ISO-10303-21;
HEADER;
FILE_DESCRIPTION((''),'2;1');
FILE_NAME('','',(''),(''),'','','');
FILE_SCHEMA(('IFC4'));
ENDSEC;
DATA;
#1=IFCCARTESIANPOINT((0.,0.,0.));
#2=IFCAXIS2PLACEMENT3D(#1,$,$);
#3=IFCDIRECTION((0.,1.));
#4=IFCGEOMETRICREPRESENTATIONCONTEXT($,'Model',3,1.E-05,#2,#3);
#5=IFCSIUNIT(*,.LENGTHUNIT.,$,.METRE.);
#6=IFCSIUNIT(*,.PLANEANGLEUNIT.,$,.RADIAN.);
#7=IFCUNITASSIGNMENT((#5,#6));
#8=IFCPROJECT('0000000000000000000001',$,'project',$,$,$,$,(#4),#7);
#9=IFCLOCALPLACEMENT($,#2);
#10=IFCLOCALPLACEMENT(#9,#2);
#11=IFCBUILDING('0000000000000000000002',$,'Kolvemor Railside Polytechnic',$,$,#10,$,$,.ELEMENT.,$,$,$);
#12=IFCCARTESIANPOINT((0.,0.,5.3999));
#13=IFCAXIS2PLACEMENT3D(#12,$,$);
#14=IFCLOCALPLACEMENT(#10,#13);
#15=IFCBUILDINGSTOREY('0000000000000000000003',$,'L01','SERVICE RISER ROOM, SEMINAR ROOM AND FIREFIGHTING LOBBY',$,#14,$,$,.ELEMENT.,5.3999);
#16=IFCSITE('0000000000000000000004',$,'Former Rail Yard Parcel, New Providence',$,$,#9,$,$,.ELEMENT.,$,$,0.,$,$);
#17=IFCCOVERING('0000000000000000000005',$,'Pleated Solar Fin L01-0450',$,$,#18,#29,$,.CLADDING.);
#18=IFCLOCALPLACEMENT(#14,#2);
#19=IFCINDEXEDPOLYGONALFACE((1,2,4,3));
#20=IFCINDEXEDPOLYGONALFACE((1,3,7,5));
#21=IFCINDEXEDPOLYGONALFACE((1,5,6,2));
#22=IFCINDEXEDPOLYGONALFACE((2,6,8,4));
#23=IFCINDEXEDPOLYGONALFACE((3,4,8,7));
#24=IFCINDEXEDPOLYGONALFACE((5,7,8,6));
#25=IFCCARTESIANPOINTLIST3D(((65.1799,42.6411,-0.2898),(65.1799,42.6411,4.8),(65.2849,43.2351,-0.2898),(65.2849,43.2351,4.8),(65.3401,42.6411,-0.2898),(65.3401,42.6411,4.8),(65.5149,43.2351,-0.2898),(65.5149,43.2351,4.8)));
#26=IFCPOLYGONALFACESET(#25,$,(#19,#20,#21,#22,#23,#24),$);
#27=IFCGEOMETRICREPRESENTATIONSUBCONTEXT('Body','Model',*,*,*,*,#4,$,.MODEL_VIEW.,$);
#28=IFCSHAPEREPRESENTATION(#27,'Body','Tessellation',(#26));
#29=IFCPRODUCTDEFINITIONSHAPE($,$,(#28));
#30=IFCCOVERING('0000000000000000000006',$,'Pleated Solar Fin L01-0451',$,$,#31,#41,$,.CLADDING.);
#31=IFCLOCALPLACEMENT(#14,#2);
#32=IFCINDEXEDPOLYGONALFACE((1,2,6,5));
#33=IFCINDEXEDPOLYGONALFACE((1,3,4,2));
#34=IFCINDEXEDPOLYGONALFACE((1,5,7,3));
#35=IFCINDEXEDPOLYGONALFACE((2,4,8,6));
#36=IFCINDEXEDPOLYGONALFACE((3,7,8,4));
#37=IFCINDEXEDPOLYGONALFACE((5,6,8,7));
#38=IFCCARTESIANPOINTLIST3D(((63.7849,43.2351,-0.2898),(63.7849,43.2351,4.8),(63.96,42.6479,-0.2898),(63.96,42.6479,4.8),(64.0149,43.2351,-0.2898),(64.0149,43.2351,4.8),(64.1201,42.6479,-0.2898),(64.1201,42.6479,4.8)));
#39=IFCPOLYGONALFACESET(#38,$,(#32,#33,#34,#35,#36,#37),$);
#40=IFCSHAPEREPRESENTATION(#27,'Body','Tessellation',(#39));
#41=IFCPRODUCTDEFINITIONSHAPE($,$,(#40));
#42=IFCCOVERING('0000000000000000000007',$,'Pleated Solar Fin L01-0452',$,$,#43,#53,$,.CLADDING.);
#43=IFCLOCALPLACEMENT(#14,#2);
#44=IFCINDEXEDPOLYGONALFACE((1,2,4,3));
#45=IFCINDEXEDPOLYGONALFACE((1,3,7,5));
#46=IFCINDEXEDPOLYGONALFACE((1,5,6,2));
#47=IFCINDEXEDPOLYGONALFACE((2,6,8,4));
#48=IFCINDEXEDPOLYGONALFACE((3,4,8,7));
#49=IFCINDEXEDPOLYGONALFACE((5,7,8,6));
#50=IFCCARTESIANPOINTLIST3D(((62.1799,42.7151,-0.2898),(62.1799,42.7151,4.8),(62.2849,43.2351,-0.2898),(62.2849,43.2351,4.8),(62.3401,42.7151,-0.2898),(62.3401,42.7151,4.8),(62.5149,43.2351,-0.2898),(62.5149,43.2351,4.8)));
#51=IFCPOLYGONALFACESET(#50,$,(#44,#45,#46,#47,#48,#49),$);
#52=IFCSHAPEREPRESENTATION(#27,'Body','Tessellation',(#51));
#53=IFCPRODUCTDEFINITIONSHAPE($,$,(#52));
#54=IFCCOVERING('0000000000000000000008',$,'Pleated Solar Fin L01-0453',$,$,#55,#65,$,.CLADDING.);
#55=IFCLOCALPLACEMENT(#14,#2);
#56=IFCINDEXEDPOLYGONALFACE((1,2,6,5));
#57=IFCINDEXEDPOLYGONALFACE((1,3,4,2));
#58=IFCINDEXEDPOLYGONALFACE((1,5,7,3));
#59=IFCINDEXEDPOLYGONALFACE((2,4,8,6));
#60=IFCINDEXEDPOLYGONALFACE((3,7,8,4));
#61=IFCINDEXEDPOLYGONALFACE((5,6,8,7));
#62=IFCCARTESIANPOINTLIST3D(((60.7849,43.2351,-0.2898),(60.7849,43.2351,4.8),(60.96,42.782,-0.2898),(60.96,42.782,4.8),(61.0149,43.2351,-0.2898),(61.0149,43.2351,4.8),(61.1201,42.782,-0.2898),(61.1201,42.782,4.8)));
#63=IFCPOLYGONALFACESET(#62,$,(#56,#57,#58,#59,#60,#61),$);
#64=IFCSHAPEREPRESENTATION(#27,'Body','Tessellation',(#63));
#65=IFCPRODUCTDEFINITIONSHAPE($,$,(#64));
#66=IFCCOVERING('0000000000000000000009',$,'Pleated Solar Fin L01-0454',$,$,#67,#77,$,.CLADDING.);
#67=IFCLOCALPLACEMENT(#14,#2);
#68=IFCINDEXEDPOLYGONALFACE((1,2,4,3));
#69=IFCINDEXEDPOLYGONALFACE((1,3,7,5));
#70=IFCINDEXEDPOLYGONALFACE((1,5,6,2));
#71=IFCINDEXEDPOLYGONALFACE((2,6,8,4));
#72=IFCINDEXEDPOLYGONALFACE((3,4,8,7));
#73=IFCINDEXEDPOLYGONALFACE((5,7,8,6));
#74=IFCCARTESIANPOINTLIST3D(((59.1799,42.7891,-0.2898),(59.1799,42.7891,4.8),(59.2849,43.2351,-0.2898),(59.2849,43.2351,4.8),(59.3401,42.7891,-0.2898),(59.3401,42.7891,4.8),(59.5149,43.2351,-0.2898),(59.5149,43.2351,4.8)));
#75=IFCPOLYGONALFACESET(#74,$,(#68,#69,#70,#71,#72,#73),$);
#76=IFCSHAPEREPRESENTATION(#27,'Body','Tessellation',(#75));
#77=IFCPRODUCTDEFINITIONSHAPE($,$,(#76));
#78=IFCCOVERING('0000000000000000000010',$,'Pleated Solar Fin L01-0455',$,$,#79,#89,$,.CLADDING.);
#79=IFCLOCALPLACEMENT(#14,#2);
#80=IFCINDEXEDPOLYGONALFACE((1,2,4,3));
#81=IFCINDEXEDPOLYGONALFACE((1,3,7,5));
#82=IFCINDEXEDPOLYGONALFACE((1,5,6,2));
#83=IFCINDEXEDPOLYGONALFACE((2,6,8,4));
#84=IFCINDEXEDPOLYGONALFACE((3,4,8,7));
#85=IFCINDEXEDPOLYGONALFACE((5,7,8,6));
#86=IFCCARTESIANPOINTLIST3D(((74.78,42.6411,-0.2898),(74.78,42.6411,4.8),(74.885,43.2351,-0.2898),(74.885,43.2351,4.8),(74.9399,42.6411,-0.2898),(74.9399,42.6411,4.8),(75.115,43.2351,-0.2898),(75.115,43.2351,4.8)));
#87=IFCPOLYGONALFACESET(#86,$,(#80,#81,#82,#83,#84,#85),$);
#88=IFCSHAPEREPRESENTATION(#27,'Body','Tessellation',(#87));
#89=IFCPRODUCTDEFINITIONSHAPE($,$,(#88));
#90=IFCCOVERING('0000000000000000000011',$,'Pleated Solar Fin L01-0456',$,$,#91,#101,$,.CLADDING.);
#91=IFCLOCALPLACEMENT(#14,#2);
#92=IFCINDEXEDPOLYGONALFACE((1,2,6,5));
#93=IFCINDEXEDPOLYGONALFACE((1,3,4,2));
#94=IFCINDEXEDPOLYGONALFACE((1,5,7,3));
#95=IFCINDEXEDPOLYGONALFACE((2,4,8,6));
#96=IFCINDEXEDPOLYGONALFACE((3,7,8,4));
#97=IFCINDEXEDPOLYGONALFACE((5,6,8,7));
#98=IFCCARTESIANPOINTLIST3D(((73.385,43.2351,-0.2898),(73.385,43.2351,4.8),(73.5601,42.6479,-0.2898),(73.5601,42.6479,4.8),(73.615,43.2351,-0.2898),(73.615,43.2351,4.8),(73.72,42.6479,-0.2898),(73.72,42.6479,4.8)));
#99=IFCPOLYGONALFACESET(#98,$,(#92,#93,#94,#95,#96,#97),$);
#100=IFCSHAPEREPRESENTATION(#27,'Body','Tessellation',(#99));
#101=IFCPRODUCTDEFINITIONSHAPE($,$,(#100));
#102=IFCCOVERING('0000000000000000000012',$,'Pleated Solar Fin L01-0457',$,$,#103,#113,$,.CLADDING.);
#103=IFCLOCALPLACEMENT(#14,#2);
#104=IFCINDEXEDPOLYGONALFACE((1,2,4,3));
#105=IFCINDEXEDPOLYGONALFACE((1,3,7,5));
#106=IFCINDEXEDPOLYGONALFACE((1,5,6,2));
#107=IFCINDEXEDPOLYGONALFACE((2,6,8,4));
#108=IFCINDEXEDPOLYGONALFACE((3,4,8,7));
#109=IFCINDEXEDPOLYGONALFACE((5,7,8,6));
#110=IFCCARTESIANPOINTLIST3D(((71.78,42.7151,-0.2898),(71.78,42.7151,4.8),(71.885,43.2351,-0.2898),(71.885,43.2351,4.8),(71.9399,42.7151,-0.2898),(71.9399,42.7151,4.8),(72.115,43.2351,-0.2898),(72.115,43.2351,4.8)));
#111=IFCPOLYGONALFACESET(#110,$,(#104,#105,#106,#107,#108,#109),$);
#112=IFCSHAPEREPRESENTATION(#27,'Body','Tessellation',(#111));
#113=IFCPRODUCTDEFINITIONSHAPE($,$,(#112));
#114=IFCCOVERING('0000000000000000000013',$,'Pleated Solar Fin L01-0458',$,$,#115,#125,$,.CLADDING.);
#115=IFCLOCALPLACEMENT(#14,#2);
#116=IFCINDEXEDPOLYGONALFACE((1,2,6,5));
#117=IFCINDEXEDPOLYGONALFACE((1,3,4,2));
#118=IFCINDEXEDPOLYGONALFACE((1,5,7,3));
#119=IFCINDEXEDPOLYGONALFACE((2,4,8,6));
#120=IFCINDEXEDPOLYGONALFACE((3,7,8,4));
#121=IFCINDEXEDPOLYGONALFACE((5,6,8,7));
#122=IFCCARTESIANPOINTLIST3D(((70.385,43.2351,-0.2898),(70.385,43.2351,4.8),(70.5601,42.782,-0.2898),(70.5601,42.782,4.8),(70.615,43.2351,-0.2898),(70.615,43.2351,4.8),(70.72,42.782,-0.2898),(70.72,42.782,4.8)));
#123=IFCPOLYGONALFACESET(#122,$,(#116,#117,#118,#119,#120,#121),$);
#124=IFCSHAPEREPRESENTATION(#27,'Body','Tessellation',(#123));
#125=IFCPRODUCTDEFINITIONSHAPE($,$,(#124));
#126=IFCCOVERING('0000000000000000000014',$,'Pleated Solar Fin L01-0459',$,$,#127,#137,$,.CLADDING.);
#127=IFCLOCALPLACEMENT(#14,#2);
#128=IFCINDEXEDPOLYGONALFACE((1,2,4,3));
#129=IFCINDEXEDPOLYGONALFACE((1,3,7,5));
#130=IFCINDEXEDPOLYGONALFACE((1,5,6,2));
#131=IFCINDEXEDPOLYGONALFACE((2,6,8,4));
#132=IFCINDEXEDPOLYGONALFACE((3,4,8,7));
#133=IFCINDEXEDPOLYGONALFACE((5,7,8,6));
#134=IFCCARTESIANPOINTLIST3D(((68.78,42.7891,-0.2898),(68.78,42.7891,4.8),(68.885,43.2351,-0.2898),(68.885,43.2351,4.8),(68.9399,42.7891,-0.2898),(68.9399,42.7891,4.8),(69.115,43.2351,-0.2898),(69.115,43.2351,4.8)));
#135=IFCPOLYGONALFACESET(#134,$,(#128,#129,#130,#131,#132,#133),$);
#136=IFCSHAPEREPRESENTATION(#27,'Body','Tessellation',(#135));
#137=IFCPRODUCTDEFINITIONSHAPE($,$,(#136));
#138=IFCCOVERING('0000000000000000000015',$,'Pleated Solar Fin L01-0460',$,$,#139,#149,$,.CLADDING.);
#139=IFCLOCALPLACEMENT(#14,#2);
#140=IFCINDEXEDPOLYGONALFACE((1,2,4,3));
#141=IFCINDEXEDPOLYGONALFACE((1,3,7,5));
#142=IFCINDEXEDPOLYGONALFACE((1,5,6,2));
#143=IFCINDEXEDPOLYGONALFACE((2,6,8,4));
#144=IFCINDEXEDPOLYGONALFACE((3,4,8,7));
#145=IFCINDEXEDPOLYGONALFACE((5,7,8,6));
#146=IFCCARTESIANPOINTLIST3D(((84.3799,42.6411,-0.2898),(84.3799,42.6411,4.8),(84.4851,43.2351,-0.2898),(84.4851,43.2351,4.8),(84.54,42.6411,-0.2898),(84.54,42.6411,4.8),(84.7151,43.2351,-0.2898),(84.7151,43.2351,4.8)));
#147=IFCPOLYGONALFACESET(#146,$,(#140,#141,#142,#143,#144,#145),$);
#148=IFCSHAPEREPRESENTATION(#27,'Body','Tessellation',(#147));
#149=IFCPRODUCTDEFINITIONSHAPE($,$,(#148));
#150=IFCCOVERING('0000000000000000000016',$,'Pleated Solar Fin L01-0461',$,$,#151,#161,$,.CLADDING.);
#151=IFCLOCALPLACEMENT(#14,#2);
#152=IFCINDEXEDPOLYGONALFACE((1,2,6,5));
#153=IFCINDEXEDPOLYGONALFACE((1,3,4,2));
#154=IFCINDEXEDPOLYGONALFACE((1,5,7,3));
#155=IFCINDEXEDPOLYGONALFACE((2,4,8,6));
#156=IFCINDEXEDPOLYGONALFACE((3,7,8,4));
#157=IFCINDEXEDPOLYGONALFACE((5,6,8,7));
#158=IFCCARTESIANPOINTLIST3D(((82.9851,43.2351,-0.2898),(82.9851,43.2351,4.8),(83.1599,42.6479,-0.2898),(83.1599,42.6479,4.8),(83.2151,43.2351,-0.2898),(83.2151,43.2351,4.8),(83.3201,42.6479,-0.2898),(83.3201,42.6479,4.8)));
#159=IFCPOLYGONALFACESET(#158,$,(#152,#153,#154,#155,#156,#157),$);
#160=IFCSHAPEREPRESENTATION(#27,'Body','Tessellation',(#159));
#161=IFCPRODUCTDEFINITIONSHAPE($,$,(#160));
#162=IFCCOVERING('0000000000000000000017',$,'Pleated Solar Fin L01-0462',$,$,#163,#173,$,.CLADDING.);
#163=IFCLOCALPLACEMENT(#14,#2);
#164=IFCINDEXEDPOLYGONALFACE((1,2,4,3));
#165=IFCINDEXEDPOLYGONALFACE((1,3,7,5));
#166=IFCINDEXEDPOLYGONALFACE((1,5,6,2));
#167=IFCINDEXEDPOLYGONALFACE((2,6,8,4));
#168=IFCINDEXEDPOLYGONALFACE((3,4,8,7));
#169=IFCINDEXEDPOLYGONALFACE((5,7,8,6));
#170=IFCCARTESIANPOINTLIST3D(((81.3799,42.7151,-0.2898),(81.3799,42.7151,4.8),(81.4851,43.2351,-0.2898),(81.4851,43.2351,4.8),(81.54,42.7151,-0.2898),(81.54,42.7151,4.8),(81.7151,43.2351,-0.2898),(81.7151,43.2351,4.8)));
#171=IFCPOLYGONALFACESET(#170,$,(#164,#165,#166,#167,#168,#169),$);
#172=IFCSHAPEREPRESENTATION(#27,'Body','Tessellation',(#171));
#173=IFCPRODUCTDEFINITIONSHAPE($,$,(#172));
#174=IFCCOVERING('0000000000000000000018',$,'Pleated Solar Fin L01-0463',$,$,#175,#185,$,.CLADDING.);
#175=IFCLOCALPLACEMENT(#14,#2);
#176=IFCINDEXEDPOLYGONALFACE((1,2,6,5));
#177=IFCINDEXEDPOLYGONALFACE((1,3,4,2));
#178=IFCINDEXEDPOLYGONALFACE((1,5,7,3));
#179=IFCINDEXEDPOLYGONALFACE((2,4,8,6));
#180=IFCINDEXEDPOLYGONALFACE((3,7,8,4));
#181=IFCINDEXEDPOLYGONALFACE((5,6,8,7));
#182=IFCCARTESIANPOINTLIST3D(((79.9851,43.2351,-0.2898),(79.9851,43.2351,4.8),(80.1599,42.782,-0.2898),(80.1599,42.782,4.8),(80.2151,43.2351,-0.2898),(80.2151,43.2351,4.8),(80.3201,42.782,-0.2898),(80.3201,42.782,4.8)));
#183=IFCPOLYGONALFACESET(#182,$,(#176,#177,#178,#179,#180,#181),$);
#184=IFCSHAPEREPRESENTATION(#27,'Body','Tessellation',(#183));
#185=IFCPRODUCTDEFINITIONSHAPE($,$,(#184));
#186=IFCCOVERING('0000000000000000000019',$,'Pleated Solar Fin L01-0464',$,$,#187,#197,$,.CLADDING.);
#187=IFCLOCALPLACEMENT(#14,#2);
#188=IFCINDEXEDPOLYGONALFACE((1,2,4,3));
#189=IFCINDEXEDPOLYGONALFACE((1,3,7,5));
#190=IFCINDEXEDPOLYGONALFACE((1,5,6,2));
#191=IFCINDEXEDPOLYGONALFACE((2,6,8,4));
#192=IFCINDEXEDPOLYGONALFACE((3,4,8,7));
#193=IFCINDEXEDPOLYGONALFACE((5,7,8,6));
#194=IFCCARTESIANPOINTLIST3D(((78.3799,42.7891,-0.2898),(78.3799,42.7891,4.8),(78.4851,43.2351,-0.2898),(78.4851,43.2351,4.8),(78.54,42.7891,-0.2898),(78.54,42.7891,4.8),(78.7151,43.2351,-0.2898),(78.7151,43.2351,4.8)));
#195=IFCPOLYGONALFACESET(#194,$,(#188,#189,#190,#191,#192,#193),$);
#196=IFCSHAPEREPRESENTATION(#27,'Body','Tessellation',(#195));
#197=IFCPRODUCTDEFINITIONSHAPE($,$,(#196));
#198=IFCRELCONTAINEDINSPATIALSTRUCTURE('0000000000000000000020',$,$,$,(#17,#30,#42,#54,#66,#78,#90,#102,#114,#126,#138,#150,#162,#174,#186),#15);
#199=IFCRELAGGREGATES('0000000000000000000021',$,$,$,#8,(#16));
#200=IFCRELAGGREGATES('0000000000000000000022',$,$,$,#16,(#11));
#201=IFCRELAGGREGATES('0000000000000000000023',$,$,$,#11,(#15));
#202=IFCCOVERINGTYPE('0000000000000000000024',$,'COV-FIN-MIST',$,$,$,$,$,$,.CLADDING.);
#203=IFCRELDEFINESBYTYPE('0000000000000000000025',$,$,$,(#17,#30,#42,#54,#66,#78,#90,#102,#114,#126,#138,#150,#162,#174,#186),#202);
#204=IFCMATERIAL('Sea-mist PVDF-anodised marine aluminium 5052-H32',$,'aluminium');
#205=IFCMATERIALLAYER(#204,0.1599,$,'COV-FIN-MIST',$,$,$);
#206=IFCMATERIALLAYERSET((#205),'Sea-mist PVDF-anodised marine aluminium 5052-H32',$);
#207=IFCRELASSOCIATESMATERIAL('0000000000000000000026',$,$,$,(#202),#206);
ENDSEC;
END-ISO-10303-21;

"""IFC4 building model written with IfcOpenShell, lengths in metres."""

from ifc_helpers import new_model, si_unit, direction, frame, origin, place, context, subcontext, project, spatial, polyline, outline, extrude, material, layer, layer_set, type_object, element, save


model = new_model("IFC4")

# Units and contexts
model_context = context("Model", 3, precision=1e-05, world=origin(), true_north=direction((0.0, 1.0)))
body_context = subcontext(model_context, "Body", "Model", "MODEL_VIEW")
ifc_project = project(units=[si_unit("LENGTHUNIT", "METRE"), si_unit("PLANEANGLEUNIT", "RADIAN")], contexts=[model_context])

# Site, building, storey
site_placement = place(None, origin())
site = spatial("IfcSite", under=ifc_project, at=site_placement, Name="Former Rail Yard Parcel, New Providence", CompositionType="ELEMENT", RefElevation=0.0)
building_placement = place(site_placement, origin())
building = spatial("IfcBuilding", under=site, at=building_placement, Name="Kolvemor Railside Polytechnic", CompositionType="ELEMENT")
storey_placement = place(building_placement, frame((0.0, 0.0, 5.3999)))
storey = spatial("IfcBuildingStorey", under=building, at=storey_placement, Name="L01", Description="SERVICE RISER ROOM, SEMINAR ROOM AND FIREFIGHTING LOBBY", CompositionType="ELEMENT", Elevation=5.3999)

# Coverings
ifc_material = material(Name="Sea-mist PVDF-anodised marine aluminium 5052-H32", Category="aluminium")
ifc_layer = layer(ifc_material, 0.1599, Name="COV-FIN-MIST")
ifc_layer_set = layer_set([ifc_layer], Name="Sea-mist PVDF-anodised marine aluminium 5052-H32")
covering_type = type_object("IfcCoveringType", Name="COV-FIN-MIST", PredefinedType="CLADDING", material=ifc_layer_set)
covering_1_placement = place(storey_placement, frame((0.0, 0.0, -0.2898)))
element("IfcCovering", 1, at=covering_1_placement, inside=storey, type_object=covering_type, Name="Pleated Solar Fin L01-0450", PredefinedType="CLADDING", context=body_context, shape_type="SweptSolid", body=[
    extrude(outline(polyline([(65.5149, 43.2351), (65.2849, 43.2351), (65.1799, 42.6411), (65.3401, 42.6411), (65.5149, 43.2351)])), origin(), (0.0, 0.0, 1.0), 5.0898),
])
covering_2_placement = place(storey_placement, frame((0.0, 0.0, -0.2898)))
element("IfcCovering", 2, at=covering_2_placement, inside=storey, type_object=covering_type, Name="Pleated Solar Fin L01-0451", PredefinedType="CLADDING", context=body_context, shape_type="SweptSolid", body=[
    extrude(outline(polyline([(64.0149, 43.2351), (63.7849, 43.2351), (63.96, 42.6479), (64.1201, 42.6479), (64.0149, 43.2351)])), origin(), (0.0, 0.0, 1.0), 5.0898),
])
covering_3_placement = place(storey_placement, frame((0.0, 0.0, -0.2898)))
element("IfcCovering", 3, at=covering_3_placement, inside=storey, type_object=covering_type, Name="Pleated Solar Fin L01-0452", PredefinedType="CLADDING", context=body_context, shape_type="SweptSolid", body=[
    extrude(outline(polyline([(62.5149, 43.2351), (62.2849, 43.2351), (62.1799, 42.7151), (62.3401, 42.7151), (62.5149, 43.2351)])), origin(), (0.0, 0.0, 1.0), 5.0898),
])
covering_4_placement = place(storey_placement, frame((0.0, 0.0, -0.2898)))
element("IfcCovering", 4, at=covering_4_placement, inside=storey, type_object=covering_type, Name="Pleated Solar Fin L01-0453", PredefinedType="CLADDING", context=body_context, shape_type="SweptSolid", body=[
    extrude(outline(polyline([(61.0149, 43.2351), (60.7849, 43.2351), (60.96, 42.782), (61.1201, 42.782), (61.0149, 43.2351)])), origin(), (0.0, 0.0, 1.0), 5.0898),
])
covering_5_placement = place(storey_placement, frame((0.0, 0.0, -0.2898)))
element("IfcCovering", 5, at=covering_5_placement, inside=storey, type_object=covering_type, Name="Pleated Solar Fin L01-0454", PredefinedType="CLADDING", context=body_context, shape_type="SweptSolid", body=[
    extrude(outline(polyline([(59.5149, 43.2351), (59.2849, 43.2351), (59.1799, 42.7891), (59.3401, 42.7891), (59.5149, 43.2351)])), origin(), (0.0, 0.0, 1.0), 5.0898),
])
covering_6_placement = place(storey_placement, frame((0.0, 0.0, -0.2898)))
element("IfcCovering", 6, at=covering_6_placement, inside=storey, type_object=covering_type, Name="Pleated Solar Fin L01-0455", PredefinedType="CLADDING", context=body_context, shape_type="SweptSolid", body=[
    extrude(outline(polyline([(75.115, 43.2351), (74.885, 43.2351), (74.78, 42.6411), (74.9399, 42.6411), (75.115, 43.2351)])), origin(), (0.0, 0.0, 1.0), 5.0898),
])
covering_7_placement = place(storey_placement, frame((0.0, 0.0, -0.2898)))
element("IfcCovering", 7, at=covering_7_placement, inside=storey, type_object=covering_type, Name="Pleated Solar Fin L01-0456", PredefinedType="CLADDING", context=body_context, shape_type="SweptSolid", body=[
    extrude(outline(polyline([(73.615, 43.2351), (73.385, 43.2351), (73.5601, 42.6479), (73.72, 42.6479), (73.615, 43.2351)])), origin(), (0.0, 0.0, 1.0), 5.0898),
])
covering_8_placement = place(storey_placement, frame((0.0, 0.0, -0.2898)))
element("IfcCovering", 8, at=covering_8_placement, inside=storey, type_object=covering_type, Name="Pleated Solar Fin L01-0457", PredefinedType="CLADDING", context=body_context, shape_type="SweptSolid", body=[
    extrude(outline(polyline([(72.115, 43.2351), (71.885, 43.2351), (71.78, 42.7151), (71.9399, 42.7151), (72.115, 43.2351)])), origin(), (0.0, 0.0, 1.0), 5.0898),
])
covering_9_placement = place(storey_placement, frame((0.0, 0.0, -0.2898)))
element("IfcCovering", 9, at=covering_9_placement, inside=storey, type_object=covering_type, Name="Pleated Solar Fin L01-0458", PredefinedType="CLADDING", context=body_context, shape_type="SweptSolid", body=[
    extrude(outline(polyline([(70.615, 43.2351), (70.385, 43.2351), (70.5601, 42.782), (70.72, 42.782), (70.615, 43.2351)])), origin(), (0.0, 0.0, 1.0), 5.0898),
])
covering_10_placement = place(storey_placement, frame((0.0, 0.0, -0.2898)))
element("IfcCovering", 10, at=covering_10_placement, inside=storey, type_object=covering_type, Name="Pleated Solar Fin L01-0459", PredefinedType="CLADDING", context=body_context, shape_type="SweptSolid", body=[
    extrude(outline(polyline([(69.115, 43.2351), (68.885, 43.2351), (68.78, 42.7891), (68.9399, 42.7891), (69.115, 43.2351)])), origin(), (0.0, 0.0, 1.0), 5.0898),
])
covering_11_placement = place(storey_placement, frame((0.0, 0.0, -0.2898)))
element("IfcCovering", 11, at=covering_11_placement, inside=storey, type_object=covering_type, Name="Pleated Solar Fin L01-0460", PredefinedType="CLADDING", context=body_context, shape_type="SweptSolid", body=[
    extrude(outline(polyline([(84.7151, 43.2351), (84.4851, 43.2351), (84.3799, 42.6411), (84.54, 42.6411), (84.7151, 43.2351)])), origin(), (0.0, 0.0, 1.0), 5.0898),
])
covering_12_placement = place(storey_placement, frame((0.0, 0.0, -0.2898)))
element("IfcCovering", 12, at=covering_12_placement, inside=storey, type_object=covering_type, Name="Pleated Solar Fin L01-0461", PredefinedType="CLADDING", context=body_context, shape_type="SweptSolid", body=[
    extrude(outline(polyline([(83.2151, 43.2351), (82.9851, 43.2351), (83.1599, 42.6479), (83.3201, 42.6479), (83.2151, 43.2351)])), origin(), (0.0, 0.0, 1.0), 5.0898),
])
covering_13_placement = place(storey_placement, frame((0.0, 0.0, -0.2898)))
element("IfcCovering", 13, at=covering_13_placement, inside=storey, type_object=covering_type, Name="Pleated Solar Fin L01-0462", PredefinedType="CLADDING", context=body_context, shape_type="SweptSolid", body=[
    extrude(outline(polyline([(81.7151, 43.2351), (81.4851, 43.2351), (81.3799, 42.7151), (81.54, 42.7151), (81.7151, 43.2351)])), origin(), (0.0, 0.0, 1.0), 5.0898),
])
covering_14_placement = place(storey_placement, frame((0.0, 0.0, -0.2898)))
element("IfcCovering", 14, at=covering_14_placement, inside=storey, type_object=covering_type, Name="Pleated Solar Fin L01-0463", PredefinedType="CLADDING", context=body_context, shape_type="SweptSolid", body=[
    extrude(outline(polyline([(80.2151, 43.2351), (79.9851, 43.2351), (80.1599, 42.782), (80.3201, 42.782), (80.2151, 43.2351)])), origin(), (0.0, 0.0, 1.0), 5.0898),
])
covering_15_placement = place(storey_placement, frame((0.0, 0.0, -0.2898)))
element("IfcCovering", 15, at=covering_15_placement, inside=storey, type_object=covering_type, Name="Pleated Solar Fin L01-0464", PredefinedType="CLADDING", context=body_context, shape_type="SweptSolid", body=[
    extrude(outline(polyline([(78.7151, 43.2351), (78.4851, 43.2351), (78.3799, 42.7891), (78.54, 42.7891), (78.7151, 43.2351)])), origin(), (0.0, 0.0, 1.0), 5.0898),
])

save(model, "model.ifc")
